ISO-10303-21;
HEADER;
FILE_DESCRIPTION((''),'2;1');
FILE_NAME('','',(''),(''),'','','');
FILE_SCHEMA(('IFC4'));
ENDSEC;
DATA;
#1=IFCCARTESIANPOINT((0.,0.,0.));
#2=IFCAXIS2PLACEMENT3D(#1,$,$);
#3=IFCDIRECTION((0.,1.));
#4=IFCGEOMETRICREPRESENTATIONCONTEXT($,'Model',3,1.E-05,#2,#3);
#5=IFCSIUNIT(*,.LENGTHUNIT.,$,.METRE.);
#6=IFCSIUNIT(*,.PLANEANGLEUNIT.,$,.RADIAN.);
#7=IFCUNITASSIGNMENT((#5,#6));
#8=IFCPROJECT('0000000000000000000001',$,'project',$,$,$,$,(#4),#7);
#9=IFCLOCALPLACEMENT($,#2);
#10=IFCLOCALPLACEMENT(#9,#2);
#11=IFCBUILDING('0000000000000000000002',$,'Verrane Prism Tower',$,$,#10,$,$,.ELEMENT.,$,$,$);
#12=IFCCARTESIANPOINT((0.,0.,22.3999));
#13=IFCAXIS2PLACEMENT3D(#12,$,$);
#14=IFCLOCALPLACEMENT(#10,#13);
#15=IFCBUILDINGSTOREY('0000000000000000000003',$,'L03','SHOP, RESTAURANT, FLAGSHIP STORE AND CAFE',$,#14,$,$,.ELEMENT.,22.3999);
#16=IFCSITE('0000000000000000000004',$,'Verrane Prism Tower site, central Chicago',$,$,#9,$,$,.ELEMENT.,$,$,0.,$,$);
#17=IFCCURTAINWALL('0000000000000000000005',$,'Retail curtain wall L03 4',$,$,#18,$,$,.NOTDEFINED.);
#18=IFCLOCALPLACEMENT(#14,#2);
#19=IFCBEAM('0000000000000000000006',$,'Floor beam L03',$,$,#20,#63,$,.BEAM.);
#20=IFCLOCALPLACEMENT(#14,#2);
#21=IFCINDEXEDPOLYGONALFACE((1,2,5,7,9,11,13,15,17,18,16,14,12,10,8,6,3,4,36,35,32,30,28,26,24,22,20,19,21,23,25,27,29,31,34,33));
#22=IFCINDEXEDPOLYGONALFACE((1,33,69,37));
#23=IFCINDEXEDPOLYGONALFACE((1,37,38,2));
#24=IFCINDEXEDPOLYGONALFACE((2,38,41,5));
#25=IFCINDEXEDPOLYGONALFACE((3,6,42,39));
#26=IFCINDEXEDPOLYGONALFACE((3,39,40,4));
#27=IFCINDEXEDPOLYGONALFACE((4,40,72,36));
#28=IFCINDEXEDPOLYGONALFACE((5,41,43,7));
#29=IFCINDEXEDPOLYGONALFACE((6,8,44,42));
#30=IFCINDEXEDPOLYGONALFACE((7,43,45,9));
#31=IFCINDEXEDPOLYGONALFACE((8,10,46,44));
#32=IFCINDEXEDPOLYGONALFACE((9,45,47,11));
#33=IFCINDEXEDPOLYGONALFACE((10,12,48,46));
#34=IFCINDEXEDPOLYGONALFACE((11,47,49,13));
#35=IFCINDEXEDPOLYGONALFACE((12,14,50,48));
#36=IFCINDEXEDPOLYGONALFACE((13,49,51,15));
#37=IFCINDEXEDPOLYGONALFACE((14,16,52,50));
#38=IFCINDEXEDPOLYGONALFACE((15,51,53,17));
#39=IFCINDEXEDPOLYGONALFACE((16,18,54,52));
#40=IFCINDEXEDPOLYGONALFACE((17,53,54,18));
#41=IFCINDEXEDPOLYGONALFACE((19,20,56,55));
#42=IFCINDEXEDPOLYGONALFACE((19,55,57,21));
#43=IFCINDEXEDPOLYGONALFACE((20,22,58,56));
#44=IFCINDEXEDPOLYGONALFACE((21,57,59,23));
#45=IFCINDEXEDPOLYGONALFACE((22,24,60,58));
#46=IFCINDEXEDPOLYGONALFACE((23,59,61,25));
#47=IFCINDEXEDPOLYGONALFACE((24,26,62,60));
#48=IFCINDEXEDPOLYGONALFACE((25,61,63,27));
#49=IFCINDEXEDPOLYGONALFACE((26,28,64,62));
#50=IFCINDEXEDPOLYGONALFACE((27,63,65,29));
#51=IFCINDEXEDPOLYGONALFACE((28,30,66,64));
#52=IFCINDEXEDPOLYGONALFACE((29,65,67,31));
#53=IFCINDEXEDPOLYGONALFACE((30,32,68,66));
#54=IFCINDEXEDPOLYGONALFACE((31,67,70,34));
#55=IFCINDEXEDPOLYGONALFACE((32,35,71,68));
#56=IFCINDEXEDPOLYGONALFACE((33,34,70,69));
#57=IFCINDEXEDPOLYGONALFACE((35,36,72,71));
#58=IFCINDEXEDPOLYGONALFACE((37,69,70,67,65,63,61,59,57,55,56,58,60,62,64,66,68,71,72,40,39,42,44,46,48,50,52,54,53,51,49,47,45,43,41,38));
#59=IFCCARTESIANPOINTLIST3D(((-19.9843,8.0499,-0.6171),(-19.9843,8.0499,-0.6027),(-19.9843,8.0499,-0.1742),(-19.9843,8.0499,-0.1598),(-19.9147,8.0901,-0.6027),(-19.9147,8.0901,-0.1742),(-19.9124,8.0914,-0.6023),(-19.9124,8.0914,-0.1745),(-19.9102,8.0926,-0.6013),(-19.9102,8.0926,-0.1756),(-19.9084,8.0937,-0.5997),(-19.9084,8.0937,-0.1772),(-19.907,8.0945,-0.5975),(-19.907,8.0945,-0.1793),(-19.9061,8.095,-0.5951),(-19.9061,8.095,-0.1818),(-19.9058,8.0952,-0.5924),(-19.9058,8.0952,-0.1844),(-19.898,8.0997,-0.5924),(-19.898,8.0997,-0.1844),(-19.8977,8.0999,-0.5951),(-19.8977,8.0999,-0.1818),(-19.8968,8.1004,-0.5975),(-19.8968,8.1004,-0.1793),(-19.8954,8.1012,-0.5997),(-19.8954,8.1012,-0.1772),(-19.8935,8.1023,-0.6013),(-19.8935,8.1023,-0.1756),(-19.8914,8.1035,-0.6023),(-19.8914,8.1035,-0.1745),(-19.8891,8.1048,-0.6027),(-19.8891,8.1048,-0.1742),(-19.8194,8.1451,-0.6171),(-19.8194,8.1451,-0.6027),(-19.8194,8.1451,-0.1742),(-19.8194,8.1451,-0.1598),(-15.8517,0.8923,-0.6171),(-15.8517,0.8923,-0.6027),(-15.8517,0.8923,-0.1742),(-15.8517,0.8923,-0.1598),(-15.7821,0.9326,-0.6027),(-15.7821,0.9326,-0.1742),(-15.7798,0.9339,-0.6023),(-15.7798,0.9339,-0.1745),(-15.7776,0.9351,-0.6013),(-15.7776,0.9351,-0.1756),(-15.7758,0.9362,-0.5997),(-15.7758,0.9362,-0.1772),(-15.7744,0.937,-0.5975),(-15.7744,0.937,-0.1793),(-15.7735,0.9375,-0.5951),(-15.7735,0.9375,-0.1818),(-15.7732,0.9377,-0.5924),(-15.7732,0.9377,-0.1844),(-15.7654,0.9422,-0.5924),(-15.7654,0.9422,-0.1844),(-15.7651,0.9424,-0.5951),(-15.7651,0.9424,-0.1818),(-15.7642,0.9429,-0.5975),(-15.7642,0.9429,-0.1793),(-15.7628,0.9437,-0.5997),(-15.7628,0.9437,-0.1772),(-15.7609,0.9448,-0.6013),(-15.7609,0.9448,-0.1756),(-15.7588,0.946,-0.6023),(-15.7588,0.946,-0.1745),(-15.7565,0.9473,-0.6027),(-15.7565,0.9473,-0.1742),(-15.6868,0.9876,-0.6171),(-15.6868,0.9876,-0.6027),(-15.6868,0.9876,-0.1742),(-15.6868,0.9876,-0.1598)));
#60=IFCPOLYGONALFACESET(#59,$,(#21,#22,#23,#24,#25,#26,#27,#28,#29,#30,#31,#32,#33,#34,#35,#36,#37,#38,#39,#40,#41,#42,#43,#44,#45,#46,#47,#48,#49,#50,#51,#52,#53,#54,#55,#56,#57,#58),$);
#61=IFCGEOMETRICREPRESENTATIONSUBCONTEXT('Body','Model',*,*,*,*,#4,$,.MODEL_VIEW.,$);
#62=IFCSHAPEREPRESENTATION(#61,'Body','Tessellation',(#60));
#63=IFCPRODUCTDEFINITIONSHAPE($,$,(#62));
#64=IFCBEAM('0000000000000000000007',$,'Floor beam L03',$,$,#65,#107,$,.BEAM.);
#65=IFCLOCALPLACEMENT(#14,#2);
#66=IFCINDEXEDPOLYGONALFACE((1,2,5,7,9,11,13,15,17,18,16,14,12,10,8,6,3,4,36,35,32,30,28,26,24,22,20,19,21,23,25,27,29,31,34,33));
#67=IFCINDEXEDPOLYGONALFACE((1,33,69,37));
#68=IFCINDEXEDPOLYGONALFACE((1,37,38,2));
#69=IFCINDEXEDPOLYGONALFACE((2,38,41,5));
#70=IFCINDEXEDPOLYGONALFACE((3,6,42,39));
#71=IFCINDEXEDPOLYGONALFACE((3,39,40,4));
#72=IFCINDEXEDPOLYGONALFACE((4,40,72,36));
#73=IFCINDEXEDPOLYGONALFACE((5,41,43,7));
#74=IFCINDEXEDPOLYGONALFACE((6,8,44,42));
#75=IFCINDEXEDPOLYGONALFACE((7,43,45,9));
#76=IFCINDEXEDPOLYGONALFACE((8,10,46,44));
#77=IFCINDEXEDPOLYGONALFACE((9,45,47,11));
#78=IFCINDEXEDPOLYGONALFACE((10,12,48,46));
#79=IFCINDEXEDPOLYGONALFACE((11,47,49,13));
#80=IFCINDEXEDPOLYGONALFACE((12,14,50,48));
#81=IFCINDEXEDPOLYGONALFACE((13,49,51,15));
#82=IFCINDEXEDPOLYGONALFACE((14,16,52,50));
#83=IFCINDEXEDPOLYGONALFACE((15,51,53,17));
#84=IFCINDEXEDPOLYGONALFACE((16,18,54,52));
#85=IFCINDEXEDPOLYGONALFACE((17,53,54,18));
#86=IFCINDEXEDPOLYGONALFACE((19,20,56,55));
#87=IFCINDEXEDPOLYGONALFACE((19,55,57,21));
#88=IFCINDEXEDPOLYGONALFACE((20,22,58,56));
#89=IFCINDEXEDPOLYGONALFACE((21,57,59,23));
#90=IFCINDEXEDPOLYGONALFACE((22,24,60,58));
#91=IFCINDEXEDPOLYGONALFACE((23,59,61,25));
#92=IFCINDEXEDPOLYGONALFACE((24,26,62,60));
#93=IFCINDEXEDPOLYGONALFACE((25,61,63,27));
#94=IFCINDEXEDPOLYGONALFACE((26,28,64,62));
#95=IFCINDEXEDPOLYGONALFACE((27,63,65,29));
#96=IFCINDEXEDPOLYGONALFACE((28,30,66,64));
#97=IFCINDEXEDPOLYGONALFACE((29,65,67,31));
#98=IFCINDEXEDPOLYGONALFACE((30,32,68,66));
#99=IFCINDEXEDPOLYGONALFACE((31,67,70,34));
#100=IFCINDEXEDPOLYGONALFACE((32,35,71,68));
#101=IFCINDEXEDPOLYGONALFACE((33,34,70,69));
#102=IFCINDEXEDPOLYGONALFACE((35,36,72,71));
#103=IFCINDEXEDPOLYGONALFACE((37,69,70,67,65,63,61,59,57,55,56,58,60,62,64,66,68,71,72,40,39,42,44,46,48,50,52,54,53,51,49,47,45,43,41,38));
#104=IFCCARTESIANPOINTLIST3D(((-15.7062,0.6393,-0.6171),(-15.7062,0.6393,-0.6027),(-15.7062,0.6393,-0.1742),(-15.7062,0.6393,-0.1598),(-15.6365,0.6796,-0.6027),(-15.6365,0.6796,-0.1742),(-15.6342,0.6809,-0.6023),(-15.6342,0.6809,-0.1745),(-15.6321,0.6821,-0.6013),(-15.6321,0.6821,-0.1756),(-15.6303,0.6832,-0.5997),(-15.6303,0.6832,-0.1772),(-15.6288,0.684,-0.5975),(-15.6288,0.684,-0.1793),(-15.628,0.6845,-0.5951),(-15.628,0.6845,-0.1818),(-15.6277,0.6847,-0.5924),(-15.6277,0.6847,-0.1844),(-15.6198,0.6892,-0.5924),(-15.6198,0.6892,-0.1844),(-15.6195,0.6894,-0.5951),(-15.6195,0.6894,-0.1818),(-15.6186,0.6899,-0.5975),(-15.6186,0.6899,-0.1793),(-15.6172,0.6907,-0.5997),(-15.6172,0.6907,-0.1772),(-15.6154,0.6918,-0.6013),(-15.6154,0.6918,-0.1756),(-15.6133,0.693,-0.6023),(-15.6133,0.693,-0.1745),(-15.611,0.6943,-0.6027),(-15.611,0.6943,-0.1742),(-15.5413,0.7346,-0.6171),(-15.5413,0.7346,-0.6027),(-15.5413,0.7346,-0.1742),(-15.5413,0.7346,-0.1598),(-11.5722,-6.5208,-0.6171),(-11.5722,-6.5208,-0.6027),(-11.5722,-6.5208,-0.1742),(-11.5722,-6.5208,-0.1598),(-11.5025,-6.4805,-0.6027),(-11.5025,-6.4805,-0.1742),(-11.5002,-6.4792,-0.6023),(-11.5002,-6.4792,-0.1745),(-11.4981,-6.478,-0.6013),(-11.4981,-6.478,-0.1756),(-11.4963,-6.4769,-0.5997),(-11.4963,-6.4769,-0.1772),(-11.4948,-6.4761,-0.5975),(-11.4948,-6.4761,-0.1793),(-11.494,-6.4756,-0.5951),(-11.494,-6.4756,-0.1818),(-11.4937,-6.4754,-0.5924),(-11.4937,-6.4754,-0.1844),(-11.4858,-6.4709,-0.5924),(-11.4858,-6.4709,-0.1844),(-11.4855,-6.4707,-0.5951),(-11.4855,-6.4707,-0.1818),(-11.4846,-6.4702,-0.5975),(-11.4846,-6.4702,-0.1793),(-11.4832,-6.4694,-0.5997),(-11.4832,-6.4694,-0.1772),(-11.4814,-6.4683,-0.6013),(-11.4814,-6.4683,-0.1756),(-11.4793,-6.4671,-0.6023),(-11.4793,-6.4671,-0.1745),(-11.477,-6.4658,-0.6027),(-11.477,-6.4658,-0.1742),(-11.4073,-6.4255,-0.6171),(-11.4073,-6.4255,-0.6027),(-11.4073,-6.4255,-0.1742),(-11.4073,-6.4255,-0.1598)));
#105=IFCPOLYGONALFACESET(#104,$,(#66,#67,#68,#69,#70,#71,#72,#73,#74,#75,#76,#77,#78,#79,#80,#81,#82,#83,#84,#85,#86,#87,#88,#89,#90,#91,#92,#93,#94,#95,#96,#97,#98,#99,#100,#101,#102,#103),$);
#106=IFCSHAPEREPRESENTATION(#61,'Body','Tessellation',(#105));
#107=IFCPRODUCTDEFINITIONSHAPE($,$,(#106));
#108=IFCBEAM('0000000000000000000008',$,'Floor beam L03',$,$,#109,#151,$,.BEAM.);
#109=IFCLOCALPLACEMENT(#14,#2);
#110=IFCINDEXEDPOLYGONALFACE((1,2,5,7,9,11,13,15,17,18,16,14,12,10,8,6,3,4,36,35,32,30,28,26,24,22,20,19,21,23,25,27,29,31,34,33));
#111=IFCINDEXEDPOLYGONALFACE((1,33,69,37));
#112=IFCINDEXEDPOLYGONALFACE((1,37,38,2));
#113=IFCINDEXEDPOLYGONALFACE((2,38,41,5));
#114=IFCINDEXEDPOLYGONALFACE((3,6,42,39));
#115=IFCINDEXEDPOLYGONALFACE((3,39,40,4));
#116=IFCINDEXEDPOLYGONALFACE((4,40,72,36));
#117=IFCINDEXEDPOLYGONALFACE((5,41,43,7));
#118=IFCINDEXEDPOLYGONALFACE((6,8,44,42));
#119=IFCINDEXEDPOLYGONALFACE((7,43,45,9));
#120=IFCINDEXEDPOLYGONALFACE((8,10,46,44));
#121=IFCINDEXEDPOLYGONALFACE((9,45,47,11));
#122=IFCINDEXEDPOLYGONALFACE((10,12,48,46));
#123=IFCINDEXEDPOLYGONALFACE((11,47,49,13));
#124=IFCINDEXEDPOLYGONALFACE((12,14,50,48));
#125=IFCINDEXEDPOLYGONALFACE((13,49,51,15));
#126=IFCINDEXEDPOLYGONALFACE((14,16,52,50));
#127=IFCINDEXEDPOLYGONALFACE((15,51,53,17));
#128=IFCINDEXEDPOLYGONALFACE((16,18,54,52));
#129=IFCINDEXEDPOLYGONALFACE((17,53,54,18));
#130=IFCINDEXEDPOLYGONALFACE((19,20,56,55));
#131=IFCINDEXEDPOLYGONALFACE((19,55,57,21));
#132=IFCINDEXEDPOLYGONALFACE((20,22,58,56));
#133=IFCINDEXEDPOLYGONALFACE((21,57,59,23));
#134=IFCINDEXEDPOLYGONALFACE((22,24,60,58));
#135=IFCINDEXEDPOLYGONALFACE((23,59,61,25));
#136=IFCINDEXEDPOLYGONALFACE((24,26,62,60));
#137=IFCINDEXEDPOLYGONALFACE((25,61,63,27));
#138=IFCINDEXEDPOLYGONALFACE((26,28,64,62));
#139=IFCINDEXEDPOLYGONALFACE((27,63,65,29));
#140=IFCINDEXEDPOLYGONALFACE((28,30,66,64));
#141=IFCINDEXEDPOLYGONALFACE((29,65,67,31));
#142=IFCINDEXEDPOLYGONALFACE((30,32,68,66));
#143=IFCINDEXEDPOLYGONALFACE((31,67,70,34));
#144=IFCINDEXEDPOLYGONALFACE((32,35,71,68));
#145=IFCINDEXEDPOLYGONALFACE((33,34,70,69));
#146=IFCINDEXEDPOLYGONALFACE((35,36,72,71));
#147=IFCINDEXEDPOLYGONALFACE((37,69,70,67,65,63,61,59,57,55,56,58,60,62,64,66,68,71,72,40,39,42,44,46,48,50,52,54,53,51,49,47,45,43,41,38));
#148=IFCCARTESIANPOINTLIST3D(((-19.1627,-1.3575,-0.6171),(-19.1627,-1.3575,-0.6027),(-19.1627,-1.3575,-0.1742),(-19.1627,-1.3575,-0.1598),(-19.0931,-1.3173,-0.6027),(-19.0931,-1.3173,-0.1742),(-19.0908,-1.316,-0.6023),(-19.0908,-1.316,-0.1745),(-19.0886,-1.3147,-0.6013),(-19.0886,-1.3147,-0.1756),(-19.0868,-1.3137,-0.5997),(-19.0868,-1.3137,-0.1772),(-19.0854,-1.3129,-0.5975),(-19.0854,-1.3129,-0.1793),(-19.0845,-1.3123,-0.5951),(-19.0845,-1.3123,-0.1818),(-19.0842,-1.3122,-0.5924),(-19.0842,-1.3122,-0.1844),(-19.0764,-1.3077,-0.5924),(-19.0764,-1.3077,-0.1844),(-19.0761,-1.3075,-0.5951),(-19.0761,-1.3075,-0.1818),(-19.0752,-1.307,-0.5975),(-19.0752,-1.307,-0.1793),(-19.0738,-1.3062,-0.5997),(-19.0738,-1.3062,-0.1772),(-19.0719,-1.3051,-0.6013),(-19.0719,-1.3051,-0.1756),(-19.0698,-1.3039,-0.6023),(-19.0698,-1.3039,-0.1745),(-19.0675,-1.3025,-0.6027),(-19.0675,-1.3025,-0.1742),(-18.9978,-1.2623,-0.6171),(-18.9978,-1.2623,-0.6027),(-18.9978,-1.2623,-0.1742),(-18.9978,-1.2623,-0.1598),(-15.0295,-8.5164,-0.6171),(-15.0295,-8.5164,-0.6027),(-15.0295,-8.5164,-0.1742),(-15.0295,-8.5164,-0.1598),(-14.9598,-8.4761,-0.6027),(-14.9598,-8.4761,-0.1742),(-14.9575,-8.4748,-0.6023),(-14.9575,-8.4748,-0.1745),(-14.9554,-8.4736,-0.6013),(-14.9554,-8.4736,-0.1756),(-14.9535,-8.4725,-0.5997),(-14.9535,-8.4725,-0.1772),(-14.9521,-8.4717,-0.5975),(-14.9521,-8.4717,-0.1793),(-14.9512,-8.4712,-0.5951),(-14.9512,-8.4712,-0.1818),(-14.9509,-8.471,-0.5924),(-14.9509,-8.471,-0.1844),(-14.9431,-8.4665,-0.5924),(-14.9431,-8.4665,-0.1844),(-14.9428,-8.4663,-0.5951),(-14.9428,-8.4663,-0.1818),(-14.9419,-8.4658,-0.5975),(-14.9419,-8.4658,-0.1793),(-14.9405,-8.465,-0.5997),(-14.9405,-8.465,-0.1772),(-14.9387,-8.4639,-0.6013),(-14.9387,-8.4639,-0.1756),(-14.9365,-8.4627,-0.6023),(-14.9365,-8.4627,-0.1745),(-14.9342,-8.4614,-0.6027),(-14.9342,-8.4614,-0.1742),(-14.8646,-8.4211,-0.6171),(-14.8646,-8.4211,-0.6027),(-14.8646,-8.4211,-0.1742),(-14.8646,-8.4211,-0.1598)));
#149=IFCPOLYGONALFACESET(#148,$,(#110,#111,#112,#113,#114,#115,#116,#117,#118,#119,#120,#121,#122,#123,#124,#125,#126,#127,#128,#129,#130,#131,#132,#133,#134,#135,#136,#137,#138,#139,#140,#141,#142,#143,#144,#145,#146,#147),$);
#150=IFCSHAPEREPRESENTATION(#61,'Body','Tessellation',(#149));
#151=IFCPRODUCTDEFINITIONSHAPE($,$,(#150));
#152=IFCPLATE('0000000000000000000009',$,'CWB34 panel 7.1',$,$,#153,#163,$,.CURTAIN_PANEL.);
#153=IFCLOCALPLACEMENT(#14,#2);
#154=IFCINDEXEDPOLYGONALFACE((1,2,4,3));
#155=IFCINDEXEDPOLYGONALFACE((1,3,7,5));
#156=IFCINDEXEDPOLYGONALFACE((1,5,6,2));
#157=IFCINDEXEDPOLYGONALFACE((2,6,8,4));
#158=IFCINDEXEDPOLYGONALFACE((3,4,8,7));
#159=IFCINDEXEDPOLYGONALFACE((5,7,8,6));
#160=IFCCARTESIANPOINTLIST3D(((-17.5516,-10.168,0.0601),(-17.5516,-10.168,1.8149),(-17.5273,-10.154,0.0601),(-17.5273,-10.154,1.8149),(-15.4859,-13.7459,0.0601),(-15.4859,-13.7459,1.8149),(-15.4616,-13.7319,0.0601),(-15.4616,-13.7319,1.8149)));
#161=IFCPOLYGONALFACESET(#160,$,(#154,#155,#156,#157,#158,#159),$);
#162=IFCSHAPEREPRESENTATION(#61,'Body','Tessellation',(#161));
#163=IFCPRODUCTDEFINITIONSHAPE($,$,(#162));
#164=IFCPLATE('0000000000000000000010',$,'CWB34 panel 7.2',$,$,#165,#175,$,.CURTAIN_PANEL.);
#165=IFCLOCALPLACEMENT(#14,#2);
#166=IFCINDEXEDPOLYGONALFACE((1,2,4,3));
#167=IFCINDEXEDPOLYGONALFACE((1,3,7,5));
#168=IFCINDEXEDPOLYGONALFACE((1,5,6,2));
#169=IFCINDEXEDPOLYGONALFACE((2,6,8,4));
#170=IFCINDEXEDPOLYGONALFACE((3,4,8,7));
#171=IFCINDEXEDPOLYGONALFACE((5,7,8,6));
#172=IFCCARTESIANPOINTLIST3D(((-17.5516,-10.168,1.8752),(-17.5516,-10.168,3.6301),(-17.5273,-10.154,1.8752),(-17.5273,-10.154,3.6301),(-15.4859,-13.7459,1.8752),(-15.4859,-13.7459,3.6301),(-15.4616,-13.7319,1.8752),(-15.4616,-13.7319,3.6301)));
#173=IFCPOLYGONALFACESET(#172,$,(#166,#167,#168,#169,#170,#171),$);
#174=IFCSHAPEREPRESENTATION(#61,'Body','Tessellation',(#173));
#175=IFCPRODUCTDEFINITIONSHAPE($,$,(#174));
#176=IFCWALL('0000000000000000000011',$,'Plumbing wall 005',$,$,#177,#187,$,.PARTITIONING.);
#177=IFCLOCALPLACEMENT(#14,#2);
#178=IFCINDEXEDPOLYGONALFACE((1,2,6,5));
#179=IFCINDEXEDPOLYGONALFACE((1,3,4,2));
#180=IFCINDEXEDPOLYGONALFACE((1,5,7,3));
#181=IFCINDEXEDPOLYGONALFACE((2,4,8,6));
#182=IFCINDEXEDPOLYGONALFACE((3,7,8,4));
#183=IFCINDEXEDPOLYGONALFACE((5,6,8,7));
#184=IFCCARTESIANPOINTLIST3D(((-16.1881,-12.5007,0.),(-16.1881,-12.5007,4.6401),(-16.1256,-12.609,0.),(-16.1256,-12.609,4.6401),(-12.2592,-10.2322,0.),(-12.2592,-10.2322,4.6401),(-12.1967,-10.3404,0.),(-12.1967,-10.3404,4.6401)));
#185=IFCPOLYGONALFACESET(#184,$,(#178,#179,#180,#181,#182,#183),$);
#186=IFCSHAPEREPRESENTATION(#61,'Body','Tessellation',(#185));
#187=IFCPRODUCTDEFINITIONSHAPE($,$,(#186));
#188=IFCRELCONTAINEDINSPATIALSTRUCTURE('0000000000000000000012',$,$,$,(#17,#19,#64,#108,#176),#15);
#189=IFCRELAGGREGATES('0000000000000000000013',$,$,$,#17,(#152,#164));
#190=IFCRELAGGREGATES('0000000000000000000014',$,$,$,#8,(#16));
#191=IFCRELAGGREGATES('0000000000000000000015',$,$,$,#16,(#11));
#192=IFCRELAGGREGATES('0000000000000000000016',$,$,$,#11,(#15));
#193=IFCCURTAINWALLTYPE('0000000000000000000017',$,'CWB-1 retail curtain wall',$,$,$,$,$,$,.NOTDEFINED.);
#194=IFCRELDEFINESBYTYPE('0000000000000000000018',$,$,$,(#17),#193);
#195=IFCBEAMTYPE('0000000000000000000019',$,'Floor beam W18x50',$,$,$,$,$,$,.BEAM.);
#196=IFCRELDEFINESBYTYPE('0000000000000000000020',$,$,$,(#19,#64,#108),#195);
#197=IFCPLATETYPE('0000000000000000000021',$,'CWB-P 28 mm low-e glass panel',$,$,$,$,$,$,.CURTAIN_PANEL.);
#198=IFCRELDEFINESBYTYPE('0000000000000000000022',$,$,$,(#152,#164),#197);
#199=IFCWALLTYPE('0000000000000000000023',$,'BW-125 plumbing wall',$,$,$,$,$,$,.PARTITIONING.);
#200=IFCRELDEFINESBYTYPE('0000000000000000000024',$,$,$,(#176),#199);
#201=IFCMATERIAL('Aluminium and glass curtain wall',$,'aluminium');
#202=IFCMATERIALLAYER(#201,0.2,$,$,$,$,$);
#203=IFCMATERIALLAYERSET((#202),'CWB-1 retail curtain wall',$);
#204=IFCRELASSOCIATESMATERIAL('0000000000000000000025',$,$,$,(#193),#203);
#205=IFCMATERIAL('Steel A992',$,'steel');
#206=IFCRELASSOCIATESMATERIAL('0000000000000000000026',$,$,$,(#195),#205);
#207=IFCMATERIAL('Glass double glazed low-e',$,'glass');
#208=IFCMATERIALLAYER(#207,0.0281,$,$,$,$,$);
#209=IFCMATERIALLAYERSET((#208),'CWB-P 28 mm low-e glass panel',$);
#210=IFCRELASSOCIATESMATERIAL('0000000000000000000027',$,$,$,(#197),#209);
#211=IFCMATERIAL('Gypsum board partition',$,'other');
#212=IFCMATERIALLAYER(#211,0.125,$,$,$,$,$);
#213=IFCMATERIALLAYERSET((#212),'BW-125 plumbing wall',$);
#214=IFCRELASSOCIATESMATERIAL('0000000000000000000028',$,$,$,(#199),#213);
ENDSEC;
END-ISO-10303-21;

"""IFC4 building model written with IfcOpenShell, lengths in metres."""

from ifc_helpers import new_model, si_unit, direction, frame, frame_2d, origin, origin_2d, place, context, subcontext, project, spatial, rectangle, i_section, extrude, material, layer, layer_set, material_profile, profile_set, type_object, element, aggregate, save


model = new_model("IFC4")

# Units and contexts
model_context = context("Model", 3, precision=1e-05, world=origin(), true_north=direction((0.0, 1.0)))
body_context = subcontext(model_context, "Body", "Model", "MODEL_VIEW")
ifc_project = project(units=[si_unit("LENGTHUNIT", "METRE"), si_unit("PLANEANGLEUNIT", "RADIAN")], contexts=[model_context])

# Site, building, storey
site_placement = place(None, origin())
site = spatial("IfcSite", under=ifc_project, at=site_placement, Name="Verrane Prism Tower site, central Chicago", CompositionType="ELEMENT", RefElevation=0.0)
building_placement = place(site_placement, origin())
building = spatial("IfcBuilding", under=site, at=building_placement, Name="Verrane Prism Tower", CompositionType="ELEMENT")
storey_placement = place(building_placement, frame((0.0, 0.0, 22.3999)))
storey = spatial("IfcBuildingStorey", under=building, at=storey_placement, Name="L03", Description="SHOP, RESTAURANT, FLAGSHIP STORE AND CAFE", CompositionType="ELEMENT", Elevation=22.3999)

# Curtain wall
ifc_material_1 = material(Name="Aluminium and glass curtain wall", Category="aluminium")
ifc_layer_1 = layer(ifc_material_1, 0.2)
ifc_layer_set_1 = layer_set([ifc_layer_1], Name="CWB-1 retail curtain wall")
curtain_wall_type = type_object("IfcCurtainWallType", Name="CWB-1 retail curtain wall", PredefinedType="NOTDEFINED", material=ifc_layer_set_1)
curtain_wall_placement = place(storey_placement, origin())
curtain_wall = element("IfcCurtainWall", 1, at=curtain_wall_placement, inside=storey, type_object=curtain_wall_type, Name="Retail curtain wall L03 4", PredefinedType="NOTDEFINED")

# Beams
ifc_material_2 = material(Name="Steel A992", Category="steel")
ifc_material_profile_1 = material_profile(ifc_material_2, i_section(OverallWidth=0.1904, OverallDepth=0.4573, WebThickness=0.009, FlangeThickness=0.0144, FilletRadius=0.0103, at=origin_2d()), Name="W18x50")
ifc_profile_set_1 = profile_set([ifc_material_profile_1], Name="Steel A992")
beam_type_1 = type_object("IfcBeamType", Name="Floor beam W18x50", PredefinedType="BEAM", material=ifc_profile_set_1)
beam_1_placement = place(storey_placement, frame((-15.7693, 0.9399, -0.3884), z_axis=(-0.500018, 0.866015, 0.0), x_axis=(-0.866015, -0.500018, 0.0)))
element("IfcBeam", 2, at=beam_1_placement, inside=storey, type_object=beam_type_1, Name="Floor beam L03", PredefinedType="BEAM", context=body_context, shape_type="SweptSolid", body=[
    extrude(i_section(OverallWidth=0.1904, OverallDepth=0.4573, WebThickness=0.009, FlangeThickness=0.0144, FilletRadius=0.0103, at=origin_2d()), origin(), (0.0, 0.0, 1.0), 8.2649),
])
beam_2_placement = place(storey_placement, frame((-11.4897, -6.4731, -0.3884), z_axis=(-0.50001, 0.866019, 0.0), x_axis=(-0.866019, -0.50001, 0.0)))
element("IfcBeam", 3, at=beam_2_placement, inside=storey, type_object=beam_type_1, Name="Floor beam L03", PredefinedType="BEAM", context=body_context, shape_type="SweptSolid", body=[
    extrude(i_section(OverallWidth=0.1904, OverallDepth=0.4573, WebThickness=0.009, FlangeThickness=0.0144, FilletRadius=0.0103, at=origin_2d()), origin(), (0.0, 0.0, 1.0), 8.2678),
])
beam_3_placement = place(storey_placement, frame((-14.947, -8.4688, -0.3884), z_axis=(-0.500008, 0.866021, 0.0), x_axis=(-0.866021, -0.500008, 0.0)))
element("IfcBeam", 4, at=beam_3_placement, inside=storey, type_object=beam_type_1, Name="Floor beam L03", PredefinedType="BEAM", context=body_context, shape_type="SweptSolid", body=[
    extrude(i_section(OverallWidth=0.1904, OverallDepth=0.4573, WebThickness=0.009, FlangeThickness=0.0144, FilletRadius=0.0103, at=origin_2d()), origin(), (0.0, 0.0, 1.0), 8.2664),
])

# Plates
ifc_material_3 = material(Name="Glass double glazed low-e", Category="glass")
ifc_layer_2 = layer(ifc_material_3, 0.0281)
ifc_layer_set_2 = layer_set([ifc_layer_2], Name="CWB-P 28 mm low-e glass panel")
plate_type = type_object("IfcPlateType", Name="CWB-P 28 mm low-e glass panel", PredefinedType="CURTAIN_PANEL", material=ifc_layer_set_2)
plate_1_placement = place(storey_placement, frame((-16.5066, -11.95, 0.0601), z_axis=(0.0, 0.0, 1.0), x_axis=(0.5, -0.866025, 0.0)))
plate_1 = element("IfcPlate", 5, at=plate_1_placement, type_object=plate_type, Name="CWB34 panel 7.1", PredefinedType="CURTAIN_PANEL", context=body_context, shape_type="SweptSolid", body=[
    extrude(rectangle(XDim=4.1313, YDim=0.0281, at=origin_2d()), origin(), (0.0, 0.0, 1.0), 1.7549),
])
plate_2_placement = place(storey_placement, frame((-16.5066, -11.95, 1.8752), z_axis=(0.0, 0.0, 1.0), x_axis=(0.5, -0.866025, 0.0)))
plate_2 = element("IfcPlate", 6, at=plate_2_placement, type_object=plate_type, Name="CWB34 panel 7.2", PredefinedType="CURTAIN_PANEL", context=body_context, shape_type="SweptSolid", body=[
    extrude(rectangle(XDim=4.1313, YDim=0.0281, at=origin_2d()), origin(), (0.0, 0.0, 1.0), 1.7549),
])
aggregate(curtain_wall, [plate_1, plate_2])

# Wall
ifc_material_4 = material(Name="Gypsum board partition", Category="other")
ifc_layer_3 = layer(ifc_material_4, 0.125)
ifc_layer_set_3 = layer_set([ifc_layer_3], Name="BW-125 plumbing wall")
wall_type_1 = type_object("IfcWallType", Name="BW-125 plumbing wall", PredefinedType="PARTITIONING", material=ifc_layer_set_3)
wall_1_placement = place(storey_placement, frame((-16.157, -12.5549, 0.0), z_axis=(0.0, 0.0, 1.0), x_axis=(0.866009, 0.500028, 0.0)))
element("IfcWall", 7, at=wall_1_placement, inside=storey, type_object=wall_type_1, Name="Plumbing wall 005", PredefinedType="PARTITIONING", context=body_context, shape_type="SweptSolid", body=[
    extrude(rectangle(XDim=4.5369, YDim=0.125, at=frame_2d((2.2686, 0.0))), origin(), (0.0, 0.0, 1.0), 4.6401),
])

save(model, "model.ifc")
